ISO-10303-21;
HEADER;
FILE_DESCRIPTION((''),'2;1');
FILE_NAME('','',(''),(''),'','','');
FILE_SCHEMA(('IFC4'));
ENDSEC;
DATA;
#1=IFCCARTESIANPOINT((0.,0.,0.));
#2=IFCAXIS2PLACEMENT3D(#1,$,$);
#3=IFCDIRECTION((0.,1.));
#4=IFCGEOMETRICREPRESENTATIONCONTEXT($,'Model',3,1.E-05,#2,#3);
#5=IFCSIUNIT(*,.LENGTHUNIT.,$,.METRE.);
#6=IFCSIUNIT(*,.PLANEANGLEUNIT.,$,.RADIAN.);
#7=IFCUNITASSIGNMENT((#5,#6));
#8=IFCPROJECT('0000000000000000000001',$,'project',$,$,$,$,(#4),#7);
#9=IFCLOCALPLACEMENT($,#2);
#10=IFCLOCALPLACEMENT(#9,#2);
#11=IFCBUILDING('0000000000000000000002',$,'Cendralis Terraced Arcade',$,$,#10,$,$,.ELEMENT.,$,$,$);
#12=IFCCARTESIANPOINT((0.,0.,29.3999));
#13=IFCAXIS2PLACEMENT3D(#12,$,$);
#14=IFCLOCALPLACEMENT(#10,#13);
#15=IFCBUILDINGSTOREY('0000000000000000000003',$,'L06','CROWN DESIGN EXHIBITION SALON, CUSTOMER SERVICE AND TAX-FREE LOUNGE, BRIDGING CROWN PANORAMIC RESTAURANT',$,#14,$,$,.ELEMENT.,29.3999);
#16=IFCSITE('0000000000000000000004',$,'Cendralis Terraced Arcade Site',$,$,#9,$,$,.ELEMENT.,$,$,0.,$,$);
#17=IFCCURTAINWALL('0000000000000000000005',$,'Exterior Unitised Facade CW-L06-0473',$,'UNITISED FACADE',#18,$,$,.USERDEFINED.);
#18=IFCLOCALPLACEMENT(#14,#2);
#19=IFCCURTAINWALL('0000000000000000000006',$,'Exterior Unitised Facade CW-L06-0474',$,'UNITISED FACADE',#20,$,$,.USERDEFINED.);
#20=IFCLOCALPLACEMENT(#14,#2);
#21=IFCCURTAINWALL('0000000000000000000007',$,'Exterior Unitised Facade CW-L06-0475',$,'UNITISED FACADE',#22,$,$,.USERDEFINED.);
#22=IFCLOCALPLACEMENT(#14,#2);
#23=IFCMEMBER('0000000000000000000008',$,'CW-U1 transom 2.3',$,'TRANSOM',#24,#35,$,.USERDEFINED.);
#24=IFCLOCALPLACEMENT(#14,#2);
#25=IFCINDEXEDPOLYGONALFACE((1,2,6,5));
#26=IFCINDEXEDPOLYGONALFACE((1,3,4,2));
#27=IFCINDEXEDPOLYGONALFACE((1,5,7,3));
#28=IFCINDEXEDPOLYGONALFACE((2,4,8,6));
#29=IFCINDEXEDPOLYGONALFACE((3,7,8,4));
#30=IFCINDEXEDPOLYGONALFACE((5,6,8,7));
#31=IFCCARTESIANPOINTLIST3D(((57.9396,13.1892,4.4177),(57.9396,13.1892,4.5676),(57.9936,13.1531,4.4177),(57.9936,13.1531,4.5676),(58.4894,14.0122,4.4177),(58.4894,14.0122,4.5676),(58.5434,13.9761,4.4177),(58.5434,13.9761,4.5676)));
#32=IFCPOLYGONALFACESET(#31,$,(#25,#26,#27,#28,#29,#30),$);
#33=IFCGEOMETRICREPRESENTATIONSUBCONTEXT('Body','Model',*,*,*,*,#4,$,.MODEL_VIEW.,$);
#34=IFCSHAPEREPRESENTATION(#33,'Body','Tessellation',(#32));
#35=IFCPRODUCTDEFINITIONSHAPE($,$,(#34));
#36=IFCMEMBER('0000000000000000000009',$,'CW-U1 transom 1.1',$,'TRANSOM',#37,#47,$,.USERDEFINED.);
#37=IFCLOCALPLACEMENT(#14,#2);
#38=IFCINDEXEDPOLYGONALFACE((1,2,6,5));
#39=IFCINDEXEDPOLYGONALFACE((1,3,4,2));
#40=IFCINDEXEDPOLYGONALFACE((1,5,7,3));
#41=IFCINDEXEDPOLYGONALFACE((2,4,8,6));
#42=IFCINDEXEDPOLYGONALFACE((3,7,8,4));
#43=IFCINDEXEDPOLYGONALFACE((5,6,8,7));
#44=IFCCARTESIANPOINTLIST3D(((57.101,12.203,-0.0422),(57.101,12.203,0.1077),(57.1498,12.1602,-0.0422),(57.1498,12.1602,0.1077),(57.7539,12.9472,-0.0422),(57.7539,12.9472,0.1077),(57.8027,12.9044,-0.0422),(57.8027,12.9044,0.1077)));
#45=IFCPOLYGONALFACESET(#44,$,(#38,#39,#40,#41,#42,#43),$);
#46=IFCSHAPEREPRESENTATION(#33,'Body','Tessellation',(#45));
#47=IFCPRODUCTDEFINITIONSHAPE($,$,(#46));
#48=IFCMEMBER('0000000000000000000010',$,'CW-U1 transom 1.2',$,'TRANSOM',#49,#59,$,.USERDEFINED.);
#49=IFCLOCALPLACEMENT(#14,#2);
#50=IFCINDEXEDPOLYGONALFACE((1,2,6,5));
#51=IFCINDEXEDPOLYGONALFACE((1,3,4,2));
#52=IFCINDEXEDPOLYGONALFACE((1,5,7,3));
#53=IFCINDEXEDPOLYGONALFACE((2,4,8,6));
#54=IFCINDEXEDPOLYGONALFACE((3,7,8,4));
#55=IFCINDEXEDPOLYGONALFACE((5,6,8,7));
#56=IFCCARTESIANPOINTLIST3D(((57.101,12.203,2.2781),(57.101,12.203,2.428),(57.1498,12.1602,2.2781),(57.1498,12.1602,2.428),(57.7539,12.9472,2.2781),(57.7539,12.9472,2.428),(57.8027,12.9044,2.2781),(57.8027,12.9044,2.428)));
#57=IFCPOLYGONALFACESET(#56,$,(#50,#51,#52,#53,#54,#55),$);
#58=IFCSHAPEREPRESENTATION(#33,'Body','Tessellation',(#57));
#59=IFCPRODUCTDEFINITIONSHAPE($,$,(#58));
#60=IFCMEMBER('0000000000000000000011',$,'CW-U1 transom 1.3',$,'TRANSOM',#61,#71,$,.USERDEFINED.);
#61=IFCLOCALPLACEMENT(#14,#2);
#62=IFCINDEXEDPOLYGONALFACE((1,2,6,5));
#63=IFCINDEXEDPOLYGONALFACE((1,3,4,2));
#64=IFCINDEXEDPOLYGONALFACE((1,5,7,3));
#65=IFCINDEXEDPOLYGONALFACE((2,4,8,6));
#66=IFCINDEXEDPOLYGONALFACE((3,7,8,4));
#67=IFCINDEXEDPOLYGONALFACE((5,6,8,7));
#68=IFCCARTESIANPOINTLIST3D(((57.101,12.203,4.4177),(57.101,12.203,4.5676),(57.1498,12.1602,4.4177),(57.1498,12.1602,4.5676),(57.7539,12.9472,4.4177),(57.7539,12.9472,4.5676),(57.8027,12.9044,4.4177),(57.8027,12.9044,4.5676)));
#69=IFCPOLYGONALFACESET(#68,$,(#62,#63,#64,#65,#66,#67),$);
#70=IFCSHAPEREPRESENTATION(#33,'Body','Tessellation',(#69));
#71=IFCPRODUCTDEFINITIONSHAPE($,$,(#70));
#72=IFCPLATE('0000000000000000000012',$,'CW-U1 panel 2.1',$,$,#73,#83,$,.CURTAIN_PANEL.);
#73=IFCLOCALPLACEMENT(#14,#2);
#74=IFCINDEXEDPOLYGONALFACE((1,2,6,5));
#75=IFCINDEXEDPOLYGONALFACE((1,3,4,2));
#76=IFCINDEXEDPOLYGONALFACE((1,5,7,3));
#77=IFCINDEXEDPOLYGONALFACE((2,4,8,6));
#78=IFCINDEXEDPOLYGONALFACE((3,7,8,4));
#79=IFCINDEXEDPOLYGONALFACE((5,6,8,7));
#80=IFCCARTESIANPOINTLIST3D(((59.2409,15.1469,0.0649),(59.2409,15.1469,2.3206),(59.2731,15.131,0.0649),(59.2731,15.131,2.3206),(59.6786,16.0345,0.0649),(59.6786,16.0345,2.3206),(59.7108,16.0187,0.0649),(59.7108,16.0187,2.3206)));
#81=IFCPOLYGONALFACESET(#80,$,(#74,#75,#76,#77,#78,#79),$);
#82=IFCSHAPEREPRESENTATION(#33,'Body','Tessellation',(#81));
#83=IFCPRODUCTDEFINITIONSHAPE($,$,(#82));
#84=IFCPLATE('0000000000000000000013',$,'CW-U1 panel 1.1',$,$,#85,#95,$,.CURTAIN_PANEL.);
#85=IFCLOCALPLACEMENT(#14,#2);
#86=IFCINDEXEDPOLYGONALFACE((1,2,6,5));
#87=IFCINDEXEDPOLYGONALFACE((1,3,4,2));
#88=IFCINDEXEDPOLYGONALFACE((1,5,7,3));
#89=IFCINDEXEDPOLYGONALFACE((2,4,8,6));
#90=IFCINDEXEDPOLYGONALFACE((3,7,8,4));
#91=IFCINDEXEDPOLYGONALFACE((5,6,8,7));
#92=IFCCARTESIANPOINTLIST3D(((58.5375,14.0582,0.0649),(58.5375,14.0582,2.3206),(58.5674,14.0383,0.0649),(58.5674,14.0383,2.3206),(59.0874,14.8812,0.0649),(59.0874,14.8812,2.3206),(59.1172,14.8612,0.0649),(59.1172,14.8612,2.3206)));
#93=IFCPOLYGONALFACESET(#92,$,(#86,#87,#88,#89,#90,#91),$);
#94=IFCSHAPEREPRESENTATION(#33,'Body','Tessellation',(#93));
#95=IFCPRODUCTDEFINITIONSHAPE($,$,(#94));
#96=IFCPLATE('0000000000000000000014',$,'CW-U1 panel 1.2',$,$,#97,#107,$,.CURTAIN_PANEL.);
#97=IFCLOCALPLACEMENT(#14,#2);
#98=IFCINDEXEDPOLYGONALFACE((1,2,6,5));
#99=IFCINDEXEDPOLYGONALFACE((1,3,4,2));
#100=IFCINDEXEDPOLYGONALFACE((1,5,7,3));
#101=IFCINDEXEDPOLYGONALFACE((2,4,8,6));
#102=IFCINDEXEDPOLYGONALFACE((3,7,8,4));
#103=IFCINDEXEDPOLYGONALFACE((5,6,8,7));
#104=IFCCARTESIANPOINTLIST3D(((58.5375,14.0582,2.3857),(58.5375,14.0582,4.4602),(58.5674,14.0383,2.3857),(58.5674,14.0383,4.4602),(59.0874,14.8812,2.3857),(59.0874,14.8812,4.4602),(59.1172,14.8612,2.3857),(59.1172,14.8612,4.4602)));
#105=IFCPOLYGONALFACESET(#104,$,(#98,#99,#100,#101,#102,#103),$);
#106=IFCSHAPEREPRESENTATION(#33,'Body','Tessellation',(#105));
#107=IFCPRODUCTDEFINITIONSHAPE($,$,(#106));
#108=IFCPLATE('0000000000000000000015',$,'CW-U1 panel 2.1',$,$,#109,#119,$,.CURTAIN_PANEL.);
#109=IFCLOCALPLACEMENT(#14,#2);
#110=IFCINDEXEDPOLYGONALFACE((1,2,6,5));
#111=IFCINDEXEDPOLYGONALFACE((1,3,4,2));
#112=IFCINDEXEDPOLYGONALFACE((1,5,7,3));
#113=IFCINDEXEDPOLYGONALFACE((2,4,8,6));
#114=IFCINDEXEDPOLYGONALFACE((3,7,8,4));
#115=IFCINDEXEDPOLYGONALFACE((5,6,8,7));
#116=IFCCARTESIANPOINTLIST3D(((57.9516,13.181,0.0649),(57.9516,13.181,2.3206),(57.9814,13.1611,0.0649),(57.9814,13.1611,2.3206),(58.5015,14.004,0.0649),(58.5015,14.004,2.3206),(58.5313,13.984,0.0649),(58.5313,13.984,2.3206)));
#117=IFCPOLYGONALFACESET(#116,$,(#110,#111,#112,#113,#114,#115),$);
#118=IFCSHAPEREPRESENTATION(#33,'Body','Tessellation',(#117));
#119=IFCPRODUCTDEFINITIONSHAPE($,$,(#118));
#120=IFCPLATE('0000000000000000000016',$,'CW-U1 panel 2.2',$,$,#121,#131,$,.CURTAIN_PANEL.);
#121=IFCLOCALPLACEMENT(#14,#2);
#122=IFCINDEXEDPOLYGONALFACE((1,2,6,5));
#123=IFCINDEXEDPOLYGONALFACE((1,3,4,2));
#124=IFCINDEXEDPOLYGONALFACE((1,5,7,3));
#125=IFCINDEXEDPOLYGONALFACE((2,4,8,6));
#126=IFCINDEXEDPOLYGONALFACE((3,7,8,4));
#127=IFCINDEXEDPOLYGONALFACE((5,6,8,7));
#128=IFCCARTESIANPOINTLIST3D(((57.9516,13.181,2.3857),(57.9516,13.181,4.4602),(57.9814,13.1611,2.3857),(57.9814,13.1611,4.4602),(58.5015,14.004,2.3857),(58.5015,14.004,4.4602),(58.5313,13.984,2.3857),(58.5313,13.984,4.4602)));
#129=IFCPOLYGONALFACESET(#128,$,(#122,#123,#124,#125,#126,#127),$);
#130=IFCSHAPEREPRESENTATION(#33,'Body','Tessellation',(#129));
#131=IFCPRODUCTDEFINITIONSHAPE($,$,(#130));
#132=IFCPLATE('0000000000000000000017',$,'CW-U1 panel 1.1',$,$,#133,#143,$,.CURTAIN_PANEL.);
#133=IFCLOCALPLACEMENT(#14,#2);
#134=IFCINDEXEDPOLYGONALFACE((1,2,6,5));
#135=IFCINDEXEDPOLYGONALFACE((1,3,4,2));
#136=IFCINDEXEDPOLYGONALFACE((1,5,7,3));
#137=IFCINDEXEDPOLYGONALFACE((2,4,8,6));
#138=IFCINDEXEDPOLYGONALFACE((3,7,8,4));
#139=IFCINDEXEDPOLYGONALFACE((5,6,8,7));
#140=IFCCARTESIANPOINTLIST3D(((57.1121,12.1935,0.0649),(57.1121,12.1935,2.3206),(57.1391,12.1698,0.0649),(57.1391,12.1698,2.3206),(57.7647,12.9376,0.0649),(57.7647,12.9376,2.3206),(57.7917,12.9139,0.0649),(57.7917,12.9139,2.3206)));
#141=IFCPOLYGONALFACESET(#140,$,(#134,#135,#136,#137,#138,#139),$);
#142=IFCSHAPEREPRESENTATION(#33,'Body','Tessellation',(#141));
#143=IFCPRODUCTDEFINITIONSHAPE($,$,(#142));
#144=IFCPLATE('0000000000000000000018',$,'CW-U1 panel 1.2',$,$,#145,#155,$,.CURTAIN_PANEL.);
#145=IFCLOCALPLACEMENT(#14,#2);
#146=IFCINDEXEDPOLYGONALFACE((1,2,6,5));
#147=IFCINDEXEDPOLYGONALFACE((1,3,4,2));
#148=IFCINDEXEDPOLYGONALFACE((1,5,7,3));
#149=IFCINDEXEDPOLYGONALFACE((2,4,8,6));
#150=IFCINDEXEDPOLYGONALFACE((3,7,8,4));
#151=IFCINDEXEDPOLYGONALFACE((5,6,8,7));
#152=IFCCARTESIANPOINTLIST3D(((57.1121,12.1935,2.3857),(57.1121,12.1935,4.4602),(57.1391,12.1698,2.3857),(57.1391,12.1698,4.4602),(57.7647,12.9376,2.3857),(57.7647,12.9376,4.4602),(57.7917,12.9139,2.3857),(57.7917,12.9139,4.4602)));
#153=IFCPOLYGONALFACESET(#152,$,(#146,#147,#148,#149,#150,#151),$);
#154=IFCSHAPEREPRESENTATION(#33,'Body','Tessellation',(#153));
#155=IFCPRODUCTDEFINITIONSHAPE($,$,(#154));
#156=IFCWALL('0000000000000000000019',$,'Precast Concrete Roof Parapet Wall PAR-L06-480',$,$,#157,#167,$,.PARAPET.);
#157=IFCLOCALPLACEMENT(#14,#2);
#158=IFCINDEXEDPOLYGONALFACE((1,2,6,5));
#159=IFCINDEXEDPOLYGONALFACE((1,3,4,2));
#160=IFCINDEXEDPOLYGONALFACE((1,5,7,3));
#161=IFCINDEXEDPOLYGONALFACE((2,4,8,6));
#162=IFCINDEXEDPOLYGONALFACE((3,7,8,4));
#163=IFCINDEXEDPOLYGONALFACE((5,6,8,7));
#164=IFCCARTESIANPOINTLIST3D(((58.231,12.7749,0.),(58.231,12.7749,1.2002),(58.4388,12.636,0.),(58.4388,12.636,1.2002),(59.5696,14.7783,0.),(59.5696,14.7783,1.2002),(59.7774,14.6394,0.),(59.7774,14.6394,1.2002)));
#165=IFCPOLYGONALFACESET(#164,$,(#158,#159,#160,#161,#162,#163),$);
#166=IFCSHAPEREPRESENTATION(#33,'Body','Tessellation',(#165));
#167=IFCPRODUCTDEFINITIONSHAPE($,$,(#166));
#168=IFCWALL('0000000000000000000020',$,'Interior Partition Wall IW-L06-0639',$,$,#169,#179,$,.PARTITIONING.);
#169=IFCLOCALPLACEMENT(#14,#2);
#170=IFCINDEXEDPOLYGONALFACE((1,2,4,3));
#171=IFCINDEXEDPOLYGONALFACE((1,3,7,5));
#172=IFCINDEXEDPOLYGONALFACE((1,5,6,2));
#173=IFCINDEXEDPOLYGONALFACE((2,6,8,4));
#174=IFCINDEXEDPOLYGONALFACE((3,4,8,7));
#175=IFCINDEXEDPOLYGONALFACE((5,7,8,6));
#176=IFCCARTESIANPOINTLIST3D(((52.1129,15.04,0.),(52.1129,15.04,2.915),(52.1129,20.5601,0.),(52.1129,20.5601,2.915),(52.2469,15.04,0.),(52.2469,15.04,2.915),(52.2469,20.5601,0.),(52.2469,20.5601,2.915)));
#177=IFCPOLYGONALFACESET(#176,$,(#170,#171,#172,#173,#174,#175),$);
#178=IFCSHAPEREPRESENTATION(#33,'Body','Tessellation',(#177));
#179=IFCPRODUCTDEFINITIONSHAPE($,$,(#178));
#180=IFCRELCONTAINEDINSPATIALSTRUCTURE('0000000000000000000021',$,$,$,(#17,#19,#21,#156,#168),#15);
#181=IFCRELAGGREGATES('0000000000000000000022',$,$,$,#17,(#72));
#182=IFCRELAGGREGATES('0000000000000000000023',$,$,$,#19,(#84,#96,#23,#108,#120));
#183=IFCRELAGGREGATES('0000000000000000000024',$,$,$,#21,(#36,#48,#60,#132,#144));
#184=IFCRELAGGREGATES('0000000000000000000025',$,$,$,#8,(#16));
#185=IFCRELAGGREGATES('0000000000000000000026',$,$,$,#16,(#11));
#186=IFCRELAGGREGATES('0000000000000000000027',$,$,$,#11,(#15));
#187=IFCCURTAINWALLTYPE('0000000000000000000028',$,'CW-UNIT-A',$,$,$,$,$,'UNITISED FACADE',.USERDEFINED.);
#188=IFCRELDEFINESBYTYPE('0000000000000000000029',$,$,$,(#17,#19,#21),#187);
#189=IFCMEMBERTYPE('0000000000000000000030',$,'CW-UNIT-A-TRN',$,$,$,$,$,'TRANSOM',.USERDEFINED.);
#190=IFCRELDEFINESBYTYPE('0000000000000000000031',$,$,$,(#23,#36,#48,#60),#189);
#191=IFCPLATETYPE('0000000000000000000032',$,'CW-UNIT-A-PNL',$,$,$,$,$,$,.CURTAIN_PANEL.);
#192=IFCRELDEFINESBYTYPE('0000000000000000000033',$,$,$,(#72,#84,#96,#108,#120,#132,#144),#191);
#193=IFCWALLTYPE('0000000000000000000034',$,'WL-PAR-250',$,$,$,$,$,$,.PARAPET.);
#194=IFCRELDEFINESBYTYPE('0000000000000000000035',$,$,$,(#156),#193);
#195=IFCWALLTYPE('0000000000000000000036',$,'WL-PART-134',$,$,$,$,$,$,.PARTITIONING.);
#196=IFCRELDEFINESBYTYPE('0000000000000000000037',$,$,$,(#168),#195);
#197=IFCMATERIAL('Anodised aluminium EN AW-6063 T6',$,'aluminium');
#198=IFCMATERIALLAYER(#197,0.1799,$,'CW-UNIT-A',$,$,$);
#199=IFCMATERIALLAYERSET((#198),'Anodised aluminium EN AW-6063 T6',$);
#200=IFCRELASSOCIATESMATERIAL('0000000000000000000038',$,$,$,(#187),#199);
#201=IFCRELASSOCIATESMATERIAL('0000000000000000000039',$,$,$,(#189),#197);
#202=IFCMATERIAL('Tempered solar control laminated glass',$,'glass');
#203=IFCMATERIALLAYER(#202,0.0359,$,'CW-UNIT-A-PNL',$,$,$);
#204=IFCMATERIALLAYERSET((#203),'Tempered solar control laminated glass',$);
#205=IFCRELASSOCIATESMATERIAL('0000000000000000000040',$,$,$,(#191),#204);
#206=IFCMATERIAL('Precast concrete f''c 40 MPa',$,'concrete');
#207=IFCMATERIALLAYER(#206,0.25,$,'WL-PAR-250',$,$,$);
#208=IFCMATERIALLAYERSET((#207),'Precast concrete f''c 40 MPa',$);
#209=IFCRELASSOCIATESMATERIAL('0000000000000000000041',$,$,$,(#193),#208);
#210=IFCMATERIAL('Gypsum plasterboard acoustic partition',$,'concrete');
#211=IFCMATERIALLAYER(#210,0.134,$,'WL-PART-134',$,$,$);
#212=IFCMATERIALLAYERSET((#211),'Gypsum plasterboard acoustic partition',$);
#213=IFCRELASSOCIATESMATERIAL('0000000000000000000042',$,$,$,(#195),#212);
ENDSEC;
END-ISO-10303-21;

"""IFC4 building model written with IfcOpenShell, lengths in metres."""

from ifc_helpers import new_model, si_unit, direction, frame, frame_2d, origin, origin_2d, place, context, subcontext, project, spatial, rectangle, extrude, material, layer, layer_set, material_profile, profile_set, type_object, element, aggregate, save


model = new_model("IFC4")

# Units and contexts
model_context = context("Model", 3, precision=1e-05, world=origin(), true_north=direction((0.0, 1.0)))
body_context = subcontext(model_context, "Body", "Model", "MODEL_VIEW")
ifc_project = project(units=[si_unit("LENGTHUNIT", "METRE"), si_unit("PLANEANGLEUNIT", "RADIAN")], contexts=[model_context])

# Site, building, storey
site_placement = place(None, origin())
site = spatial("IfcSite", under=ifc_project, at=site_placement, Name="Cendralis Terraced Arcade Site", CompositionType="ELEMENT", RefElevation=0.0)
building_placement = place(site_placement, origin())
building = spatial("IfcBuilding", under=site, at=building_placement, Name="Cendralis Terraced Arcade", CompositionType="ELEMENT")
storey_placement = place(building_placement, frame((0.0, 0.0, 29.3999)))
storey = spatial("IfcBuildingStorey", under=building, at=storey_placement, Name="L06", Description="CROWN DESIGN EXHIBITION SALON, CUSTOMER SERVICE AND TAX-FREE LOUNGE, BRIDGING CROWN PANORAMIC RESTAURANT", CompositionType="ELEMENT", Elevation=29.3999)

# Curtain wall
ifc_material_1 = material(Name="Anodised aluminium EN AW-6063 T6", Category="aluminium")
ifc_layer_1 = layer(ifc_material_1, 0.1799, Name="CW-UNIT-A")
ifc_layer_set_1 = layer_set([ifc_layer_1], Name="Anodised aluminium EN AW-6063 T6")
curtain_wall_type = type_object("IfcCurtainWallType", Name="CW-UNIT-A", ElementType="UNITISED FACADE", PredefinedType="USERDEFINED", material=ifc_layer_set_1)
curtain_wall_1_placement = place(storey_placement, origin())
curtain_wall_1 = element("IfcCurtainWall", 1, at=curtain_wall_1_placement, inside=storey, type_object=curtain_wall_type, Name="Exterior Unitised Facade CW-L06-0473", ObjectType="UNITISED FACADE", PredefinedType="USERDEFINED")

# Curtain walls
curtain_wall_2_placement = place(storey_placement, origin())
curtain_wall_2 = element("IfcCurtainWall", 2, at=curtain_wall_2_placement, inside=storey, type_object=curtain_wall_type, Name="Exterior Unitised Facade CW-L06-0474", ObjectType="UNITISED FACADE", PredefinedType="USERDEFINED")
curtain_wall_3_placement = place(storey_placement, origin())
curtain_wall_3 = element("IfcCurtainWall", 3, at=curtain_wall_3_placement, inside=storey, type_object=curtain_wall_type, Name="Exterior Unitised Facade CW-L06-0475", ObjectType="UNITISED FACADE", PredefinedType="USERDEFINED")

# Members
ifc_material_profile_1 = material_profile(ifc_material_1, rectangle(XDim=0.0649, YDim=0.1499, at=origin_2d()), Name="ALU-TRN-65x150")
ifc_profile_set_1 = profile_set([ifc_material_profile_1], Name="Anodised aluminium EN AW-6063 T6")
member_type_1 = type_object("IfcMemberType", Name="CW-UNIT-A-TRN", ElementType="TRANSOM", PredefinedType="USERDEFINED", material=ifc_profile_set_1)
member_1_placement = place(storey_placement, frame((58.5164, 13.9941, 4.4927), z_axis=(-0.555497, -0.831519, 0.0), x_axis=(0.831519, -0.555497, 0.0)))
member_1 = element("IfcMember", 4, at=member_1_placement, type_object=member_type_1, Name="CW-U1 transom 2.3", ObjectType="TRANSOM", PredefinedType="USERDEFINED", context=body_context, shape_type="SweptSolid", body=[
    extrude(rectangle(XDim=0.0649, YDim=0.1499, at=origin_2d()), origin(), (0.0, 0.0, 1.0), 0.9897),
])
member_2_placement = place(storey_placement, frame((57.7783, 12.9258, 0.0327), z_axis=(-0.659482, -0.751721, 0.0), x_axis=(0.751721, -0.659482, 0.0)))
member_2 = element("IfcMember", 5, at=member_2_placement, type_object=member_type_1, Name="CW-U1 transom 1.1", ObjectType="TRANSOM", PredefinedType="USERDEFINED", context=body_context, shape_type="SweptSolid", body=[
    extrude(rectangle(XDim=0.0649, YDim=0.1499, at=origin_2d()), origin(), (0.0, 0.0, 1.0), 0.99),
])
member_3_placement = place(storey_placement, frame((57.7783, 12.9258, 2.353), z_axis=(-0.659482, -0.751721, 0.0), x_axis=(0.751721, -0.659482, 0.0)))
member_3 = element("IfcMember", 6, at=member_3_placement, type_object=member_type_1, Name="CW-U1 transom 1.2", ObjectType="TRANSOM", PredefinedType="USERDEFINED", context=body_context, shape_type="SweptSolid", body=[
    extrude(rectangle(XDim=0.0649, YDim=0.1499, at=origin_2d()), origin(), (0.0, 0.0, 1.0), 0.99),
])
member_4_placement = place(storey_placement, frame((57.7783, 12.9258, 4.4927), z_axis=(-0.659482, -0.751721, 0.0), x_axis=(0.751721, -0.659482, 0.0)))
member_4 = element("IfcMember", 7, at=member_4_placement, type_object=member_type_1, Name="CW-U1 transom 1.3", ObjectType="TRANSOM", PredefinedType="USERDEFINED", context=body_context, shape_type="SweptSolid", body=[
    extrude(rectangle(XDim=0.0649, YDim=0.1499, at=origin_2d()), origin(), (0.0, 0.0, 1.0), 0.99),
])

# Plates
ifc_material_2 = material(Name="Tempered solar control laminated glass", Category="glass")
ifc_layer_2 = layer(ifc_material_2, 0.0359, Name="CW-UNIT-A-PNL")
ifc_layer_set_2 = layer_set([ifc_layer_2], Name="Tempered solar control laminated glass")
plate_type = type_object("IfcPlateType", Name="CW-UNIT-A-PNL", PredefinedType="CURTAIN_PANEL", material=ifc_layer_set_2)
plate_1_placement = place(storey_placement, frame((59.4758, 15.5828, 0.0649), z_axis=(0.0, 0.0, 1.0), x_axis=(-0.442259, -0.896888, 0.0)))
plate_1 = element("IfcPlate", 8, at=plate_1_placement, type_object=plate_type, Name="CW-U1 panel 2.1", PredefinedType="CURTAIN_PANEL", context=body_context, shape_type="SweptSolid", body=[
    extrude(rectangle(XDim=0.9897, YDim=0.0359, at=origin_2d()), origin(), (0.0, 0.0, 1.0), 2.2556),
])
aggregate(curtain_wall_1, [plate_1])
plate_2_placement = place(storey_placement, frame((58.8274, 14.4597, 0.0649), z_axis=(0.0, 0.0, 1.0), x_axis=(-0.555559, -0.831477, 0.0)))
plate_2 = element("IfcPlate", 9, at=plate_2_placement, type_object=plate_type, Name="CW-U1 panel 1.1", PredefinedType="CURTAIN_PANEL", context=body_context, shape_type="SweptSolid", body=[
    extrude(rectangle(XDim=0.9897, YDim=0.0359, at=origin_2d()), origin(), (0.0, 0.0, 1.0), 2.2556),
])
plate_3_placement = place(storey_placement, frame((58.8274, 14.4597, 2.3857), z_axis=(0.0, 0.0, 1.0), x_axis=(-0.555559, -0.831477, 0.0)))
plate_3 = element("IfcPlate", 10, at=plate_3_placement, type_object=plate_type, Name="CW-U1 panel 1.2", PredefinedType="CURTAIN_PANEL", context=body_context, shape_type="SweptSolid", body=[
    extrude(rectangle(XDim=0.9897, YDim=0.0359, at=origin_2d()), origin(), (0.0, 0.0, 1.0), 2.0745),
])
plate_4_placement = place(storey_placement, frame((58.2415, 13.5825, 0.0649), z_axis=(0.0, 0.0, 1.0), x_axis=(-0.555559, -0.831477, 0.0)))
plate_4 = element("IfcPlate", 11, at=plate_4_placement, type_object=plate_type, Name="CW-U1 panel 2.1", PredefinedType="CURTAIN_PANEL", context=body_context, shape_type="SweptSolid", body=[
    extrude(rectangle(XDim=0.9897, YDim=0.0359, at=origin_2d()), origin(), (0.0, 0.0, 1.0), 2.2556),
])
plate_5_placement = place(storey_placement, frame((58.2415, 13.5825, 2.3857), z_axis=(0.0, 0.0, 1.0), x_axis=(-0.555559, -0.831477, 0.0)))
plate_5 = element("IfcPlate", 12, at=plate_5_placement, type_object=plate_type, Name="CW-U1 panel 2.2", PredefinedType="CURTAIN_PANEL", context=body_context, shape_type="SweptSolid", body=[
    extrude(rectangle(XDim=0.9897, YDim=0.0359, at=origin_2d()), origin(), (0.0, 0.0, 1.0), 2.0745),
])
aggregate(curtain_wall_2, [plate_2, plate_3, member_1, plate_4, plate_5])
plate_6_placement = place(storey_placement, frame((57.4519, 12.5537, 0.0649), z_axis=(0.0, 0.0, 1.0), x_axis=(-0.659403, -0.75179, 0.0)))
plate_6 = element("IfcPlate", 13, at=plate_6_placement, type_object=plate_type, Name="CW-U1 panel 1.1", PredefinedType="CURTAIN_PANEL", context=body_context, shape_type="SweptSolid", body=[
    extrude(rectangle(XDim=0.9897, YDim=0.0359, at=origin_2d()), origin(), (0.0, 0.0, 1.0), 2.2556),
])
plate_7_placement = place(storey_placement, frame((57.4519, 12.5537, 2.3857), z_axis=(0.0, 0.0, 1.0), x_axis=(-0.659403, -0.75179, 0.0)))
plate_7 = element("IfcPlate", 14, at=plate_7_placement, type_object=plate_type, Name="CW-U1 panel 1.2", PredefinedType="CURTAIN_PANEL", context=body_context, shape_type="SweptSolid", body=[
    extrude(rectangle(XDim=0.9897, YDim=0.0359, at=origin_2d()), origin(), (0.0, 0.0, 1.0), 2.0745),
])
aggregate(curtain_wall_3, [member_2, member_3, member_4, plate_6, plate_7])

# Walls
ifc_material_3 = material(Name="Precast concrete f'c 40 MPa", Category="concrete")
ifc_layer_3 = layer(ifc_material_3, 0.25, Name="WL-PAR-250")
ifc_layer_set_3 = layer_set([ifc_layer_3], Name="Precast concrete f'c 40 MPa")
wall_type_1 = type_object("IfcWallType", Name="WL-PAR-250", PredefinedType="PARAPET", material=ifc_layer_set_3)
wall_1_placement = place(storey_placement, frame((58.335, 12.7056, 0.0), z_axis=(0.0, 0.0, 1.0), x_axis=(0.555565, 0.831473, 0.0)))
element("IfcWall", 15, at=wall_1_placement, inside=storey, type_object=wall_type_1, Name="Precast Concrete Roof Parapet Wall PAR-L06-480", PredefinedType="PARAPET", context=body_context, shape_type="SweptSolid", body=[
    extrude(rectangle(XDim=2.4094, YDim=0.25, at=frame_2d((1.2046, 0.0))), origin(), (0.0, 0.0, 1.0), 1.2002),
])
ifc_material_4 = material(Name="Gypsum plasterboard acoustic partition", Category="concrete")
ifc_layer_4 = layer(ifc_material_4, 0.134, Name="WL-PART-134")
ifc_layer_set_4 = layer_set([ifc_layer_4], Name="Gypsum plasterboard acoustic partition")
wall_type_2 = type_object("IfcWallType", Name="WL-PART-134", PredefinedType="PARTITIONING", material=ifc_layer_set_4)
wall_2_placement = place(storey_placement, frame((52.1799, 15.04, 0.0), z_axis=(0.0, 0.0, 1.0), x_axis=(0.0, 1.0, 0.0)))
element("IfcWall", 16, at=wall_2_placement, inside=storey, type_object=wall_type_2, Name="Interior Partition Wall IW-L06-0639", PredefinedType="PARTITIONING", context=body_context, shape_type="SweptSolid", body=[
    extrude(rectangle(XDim=5.52, YDim=0.134, at=frame_2d((2.76, 0.0))), origin(), (0.0, 0.0, 1.0), 2.915),
])

save(model, "model.ifc")
